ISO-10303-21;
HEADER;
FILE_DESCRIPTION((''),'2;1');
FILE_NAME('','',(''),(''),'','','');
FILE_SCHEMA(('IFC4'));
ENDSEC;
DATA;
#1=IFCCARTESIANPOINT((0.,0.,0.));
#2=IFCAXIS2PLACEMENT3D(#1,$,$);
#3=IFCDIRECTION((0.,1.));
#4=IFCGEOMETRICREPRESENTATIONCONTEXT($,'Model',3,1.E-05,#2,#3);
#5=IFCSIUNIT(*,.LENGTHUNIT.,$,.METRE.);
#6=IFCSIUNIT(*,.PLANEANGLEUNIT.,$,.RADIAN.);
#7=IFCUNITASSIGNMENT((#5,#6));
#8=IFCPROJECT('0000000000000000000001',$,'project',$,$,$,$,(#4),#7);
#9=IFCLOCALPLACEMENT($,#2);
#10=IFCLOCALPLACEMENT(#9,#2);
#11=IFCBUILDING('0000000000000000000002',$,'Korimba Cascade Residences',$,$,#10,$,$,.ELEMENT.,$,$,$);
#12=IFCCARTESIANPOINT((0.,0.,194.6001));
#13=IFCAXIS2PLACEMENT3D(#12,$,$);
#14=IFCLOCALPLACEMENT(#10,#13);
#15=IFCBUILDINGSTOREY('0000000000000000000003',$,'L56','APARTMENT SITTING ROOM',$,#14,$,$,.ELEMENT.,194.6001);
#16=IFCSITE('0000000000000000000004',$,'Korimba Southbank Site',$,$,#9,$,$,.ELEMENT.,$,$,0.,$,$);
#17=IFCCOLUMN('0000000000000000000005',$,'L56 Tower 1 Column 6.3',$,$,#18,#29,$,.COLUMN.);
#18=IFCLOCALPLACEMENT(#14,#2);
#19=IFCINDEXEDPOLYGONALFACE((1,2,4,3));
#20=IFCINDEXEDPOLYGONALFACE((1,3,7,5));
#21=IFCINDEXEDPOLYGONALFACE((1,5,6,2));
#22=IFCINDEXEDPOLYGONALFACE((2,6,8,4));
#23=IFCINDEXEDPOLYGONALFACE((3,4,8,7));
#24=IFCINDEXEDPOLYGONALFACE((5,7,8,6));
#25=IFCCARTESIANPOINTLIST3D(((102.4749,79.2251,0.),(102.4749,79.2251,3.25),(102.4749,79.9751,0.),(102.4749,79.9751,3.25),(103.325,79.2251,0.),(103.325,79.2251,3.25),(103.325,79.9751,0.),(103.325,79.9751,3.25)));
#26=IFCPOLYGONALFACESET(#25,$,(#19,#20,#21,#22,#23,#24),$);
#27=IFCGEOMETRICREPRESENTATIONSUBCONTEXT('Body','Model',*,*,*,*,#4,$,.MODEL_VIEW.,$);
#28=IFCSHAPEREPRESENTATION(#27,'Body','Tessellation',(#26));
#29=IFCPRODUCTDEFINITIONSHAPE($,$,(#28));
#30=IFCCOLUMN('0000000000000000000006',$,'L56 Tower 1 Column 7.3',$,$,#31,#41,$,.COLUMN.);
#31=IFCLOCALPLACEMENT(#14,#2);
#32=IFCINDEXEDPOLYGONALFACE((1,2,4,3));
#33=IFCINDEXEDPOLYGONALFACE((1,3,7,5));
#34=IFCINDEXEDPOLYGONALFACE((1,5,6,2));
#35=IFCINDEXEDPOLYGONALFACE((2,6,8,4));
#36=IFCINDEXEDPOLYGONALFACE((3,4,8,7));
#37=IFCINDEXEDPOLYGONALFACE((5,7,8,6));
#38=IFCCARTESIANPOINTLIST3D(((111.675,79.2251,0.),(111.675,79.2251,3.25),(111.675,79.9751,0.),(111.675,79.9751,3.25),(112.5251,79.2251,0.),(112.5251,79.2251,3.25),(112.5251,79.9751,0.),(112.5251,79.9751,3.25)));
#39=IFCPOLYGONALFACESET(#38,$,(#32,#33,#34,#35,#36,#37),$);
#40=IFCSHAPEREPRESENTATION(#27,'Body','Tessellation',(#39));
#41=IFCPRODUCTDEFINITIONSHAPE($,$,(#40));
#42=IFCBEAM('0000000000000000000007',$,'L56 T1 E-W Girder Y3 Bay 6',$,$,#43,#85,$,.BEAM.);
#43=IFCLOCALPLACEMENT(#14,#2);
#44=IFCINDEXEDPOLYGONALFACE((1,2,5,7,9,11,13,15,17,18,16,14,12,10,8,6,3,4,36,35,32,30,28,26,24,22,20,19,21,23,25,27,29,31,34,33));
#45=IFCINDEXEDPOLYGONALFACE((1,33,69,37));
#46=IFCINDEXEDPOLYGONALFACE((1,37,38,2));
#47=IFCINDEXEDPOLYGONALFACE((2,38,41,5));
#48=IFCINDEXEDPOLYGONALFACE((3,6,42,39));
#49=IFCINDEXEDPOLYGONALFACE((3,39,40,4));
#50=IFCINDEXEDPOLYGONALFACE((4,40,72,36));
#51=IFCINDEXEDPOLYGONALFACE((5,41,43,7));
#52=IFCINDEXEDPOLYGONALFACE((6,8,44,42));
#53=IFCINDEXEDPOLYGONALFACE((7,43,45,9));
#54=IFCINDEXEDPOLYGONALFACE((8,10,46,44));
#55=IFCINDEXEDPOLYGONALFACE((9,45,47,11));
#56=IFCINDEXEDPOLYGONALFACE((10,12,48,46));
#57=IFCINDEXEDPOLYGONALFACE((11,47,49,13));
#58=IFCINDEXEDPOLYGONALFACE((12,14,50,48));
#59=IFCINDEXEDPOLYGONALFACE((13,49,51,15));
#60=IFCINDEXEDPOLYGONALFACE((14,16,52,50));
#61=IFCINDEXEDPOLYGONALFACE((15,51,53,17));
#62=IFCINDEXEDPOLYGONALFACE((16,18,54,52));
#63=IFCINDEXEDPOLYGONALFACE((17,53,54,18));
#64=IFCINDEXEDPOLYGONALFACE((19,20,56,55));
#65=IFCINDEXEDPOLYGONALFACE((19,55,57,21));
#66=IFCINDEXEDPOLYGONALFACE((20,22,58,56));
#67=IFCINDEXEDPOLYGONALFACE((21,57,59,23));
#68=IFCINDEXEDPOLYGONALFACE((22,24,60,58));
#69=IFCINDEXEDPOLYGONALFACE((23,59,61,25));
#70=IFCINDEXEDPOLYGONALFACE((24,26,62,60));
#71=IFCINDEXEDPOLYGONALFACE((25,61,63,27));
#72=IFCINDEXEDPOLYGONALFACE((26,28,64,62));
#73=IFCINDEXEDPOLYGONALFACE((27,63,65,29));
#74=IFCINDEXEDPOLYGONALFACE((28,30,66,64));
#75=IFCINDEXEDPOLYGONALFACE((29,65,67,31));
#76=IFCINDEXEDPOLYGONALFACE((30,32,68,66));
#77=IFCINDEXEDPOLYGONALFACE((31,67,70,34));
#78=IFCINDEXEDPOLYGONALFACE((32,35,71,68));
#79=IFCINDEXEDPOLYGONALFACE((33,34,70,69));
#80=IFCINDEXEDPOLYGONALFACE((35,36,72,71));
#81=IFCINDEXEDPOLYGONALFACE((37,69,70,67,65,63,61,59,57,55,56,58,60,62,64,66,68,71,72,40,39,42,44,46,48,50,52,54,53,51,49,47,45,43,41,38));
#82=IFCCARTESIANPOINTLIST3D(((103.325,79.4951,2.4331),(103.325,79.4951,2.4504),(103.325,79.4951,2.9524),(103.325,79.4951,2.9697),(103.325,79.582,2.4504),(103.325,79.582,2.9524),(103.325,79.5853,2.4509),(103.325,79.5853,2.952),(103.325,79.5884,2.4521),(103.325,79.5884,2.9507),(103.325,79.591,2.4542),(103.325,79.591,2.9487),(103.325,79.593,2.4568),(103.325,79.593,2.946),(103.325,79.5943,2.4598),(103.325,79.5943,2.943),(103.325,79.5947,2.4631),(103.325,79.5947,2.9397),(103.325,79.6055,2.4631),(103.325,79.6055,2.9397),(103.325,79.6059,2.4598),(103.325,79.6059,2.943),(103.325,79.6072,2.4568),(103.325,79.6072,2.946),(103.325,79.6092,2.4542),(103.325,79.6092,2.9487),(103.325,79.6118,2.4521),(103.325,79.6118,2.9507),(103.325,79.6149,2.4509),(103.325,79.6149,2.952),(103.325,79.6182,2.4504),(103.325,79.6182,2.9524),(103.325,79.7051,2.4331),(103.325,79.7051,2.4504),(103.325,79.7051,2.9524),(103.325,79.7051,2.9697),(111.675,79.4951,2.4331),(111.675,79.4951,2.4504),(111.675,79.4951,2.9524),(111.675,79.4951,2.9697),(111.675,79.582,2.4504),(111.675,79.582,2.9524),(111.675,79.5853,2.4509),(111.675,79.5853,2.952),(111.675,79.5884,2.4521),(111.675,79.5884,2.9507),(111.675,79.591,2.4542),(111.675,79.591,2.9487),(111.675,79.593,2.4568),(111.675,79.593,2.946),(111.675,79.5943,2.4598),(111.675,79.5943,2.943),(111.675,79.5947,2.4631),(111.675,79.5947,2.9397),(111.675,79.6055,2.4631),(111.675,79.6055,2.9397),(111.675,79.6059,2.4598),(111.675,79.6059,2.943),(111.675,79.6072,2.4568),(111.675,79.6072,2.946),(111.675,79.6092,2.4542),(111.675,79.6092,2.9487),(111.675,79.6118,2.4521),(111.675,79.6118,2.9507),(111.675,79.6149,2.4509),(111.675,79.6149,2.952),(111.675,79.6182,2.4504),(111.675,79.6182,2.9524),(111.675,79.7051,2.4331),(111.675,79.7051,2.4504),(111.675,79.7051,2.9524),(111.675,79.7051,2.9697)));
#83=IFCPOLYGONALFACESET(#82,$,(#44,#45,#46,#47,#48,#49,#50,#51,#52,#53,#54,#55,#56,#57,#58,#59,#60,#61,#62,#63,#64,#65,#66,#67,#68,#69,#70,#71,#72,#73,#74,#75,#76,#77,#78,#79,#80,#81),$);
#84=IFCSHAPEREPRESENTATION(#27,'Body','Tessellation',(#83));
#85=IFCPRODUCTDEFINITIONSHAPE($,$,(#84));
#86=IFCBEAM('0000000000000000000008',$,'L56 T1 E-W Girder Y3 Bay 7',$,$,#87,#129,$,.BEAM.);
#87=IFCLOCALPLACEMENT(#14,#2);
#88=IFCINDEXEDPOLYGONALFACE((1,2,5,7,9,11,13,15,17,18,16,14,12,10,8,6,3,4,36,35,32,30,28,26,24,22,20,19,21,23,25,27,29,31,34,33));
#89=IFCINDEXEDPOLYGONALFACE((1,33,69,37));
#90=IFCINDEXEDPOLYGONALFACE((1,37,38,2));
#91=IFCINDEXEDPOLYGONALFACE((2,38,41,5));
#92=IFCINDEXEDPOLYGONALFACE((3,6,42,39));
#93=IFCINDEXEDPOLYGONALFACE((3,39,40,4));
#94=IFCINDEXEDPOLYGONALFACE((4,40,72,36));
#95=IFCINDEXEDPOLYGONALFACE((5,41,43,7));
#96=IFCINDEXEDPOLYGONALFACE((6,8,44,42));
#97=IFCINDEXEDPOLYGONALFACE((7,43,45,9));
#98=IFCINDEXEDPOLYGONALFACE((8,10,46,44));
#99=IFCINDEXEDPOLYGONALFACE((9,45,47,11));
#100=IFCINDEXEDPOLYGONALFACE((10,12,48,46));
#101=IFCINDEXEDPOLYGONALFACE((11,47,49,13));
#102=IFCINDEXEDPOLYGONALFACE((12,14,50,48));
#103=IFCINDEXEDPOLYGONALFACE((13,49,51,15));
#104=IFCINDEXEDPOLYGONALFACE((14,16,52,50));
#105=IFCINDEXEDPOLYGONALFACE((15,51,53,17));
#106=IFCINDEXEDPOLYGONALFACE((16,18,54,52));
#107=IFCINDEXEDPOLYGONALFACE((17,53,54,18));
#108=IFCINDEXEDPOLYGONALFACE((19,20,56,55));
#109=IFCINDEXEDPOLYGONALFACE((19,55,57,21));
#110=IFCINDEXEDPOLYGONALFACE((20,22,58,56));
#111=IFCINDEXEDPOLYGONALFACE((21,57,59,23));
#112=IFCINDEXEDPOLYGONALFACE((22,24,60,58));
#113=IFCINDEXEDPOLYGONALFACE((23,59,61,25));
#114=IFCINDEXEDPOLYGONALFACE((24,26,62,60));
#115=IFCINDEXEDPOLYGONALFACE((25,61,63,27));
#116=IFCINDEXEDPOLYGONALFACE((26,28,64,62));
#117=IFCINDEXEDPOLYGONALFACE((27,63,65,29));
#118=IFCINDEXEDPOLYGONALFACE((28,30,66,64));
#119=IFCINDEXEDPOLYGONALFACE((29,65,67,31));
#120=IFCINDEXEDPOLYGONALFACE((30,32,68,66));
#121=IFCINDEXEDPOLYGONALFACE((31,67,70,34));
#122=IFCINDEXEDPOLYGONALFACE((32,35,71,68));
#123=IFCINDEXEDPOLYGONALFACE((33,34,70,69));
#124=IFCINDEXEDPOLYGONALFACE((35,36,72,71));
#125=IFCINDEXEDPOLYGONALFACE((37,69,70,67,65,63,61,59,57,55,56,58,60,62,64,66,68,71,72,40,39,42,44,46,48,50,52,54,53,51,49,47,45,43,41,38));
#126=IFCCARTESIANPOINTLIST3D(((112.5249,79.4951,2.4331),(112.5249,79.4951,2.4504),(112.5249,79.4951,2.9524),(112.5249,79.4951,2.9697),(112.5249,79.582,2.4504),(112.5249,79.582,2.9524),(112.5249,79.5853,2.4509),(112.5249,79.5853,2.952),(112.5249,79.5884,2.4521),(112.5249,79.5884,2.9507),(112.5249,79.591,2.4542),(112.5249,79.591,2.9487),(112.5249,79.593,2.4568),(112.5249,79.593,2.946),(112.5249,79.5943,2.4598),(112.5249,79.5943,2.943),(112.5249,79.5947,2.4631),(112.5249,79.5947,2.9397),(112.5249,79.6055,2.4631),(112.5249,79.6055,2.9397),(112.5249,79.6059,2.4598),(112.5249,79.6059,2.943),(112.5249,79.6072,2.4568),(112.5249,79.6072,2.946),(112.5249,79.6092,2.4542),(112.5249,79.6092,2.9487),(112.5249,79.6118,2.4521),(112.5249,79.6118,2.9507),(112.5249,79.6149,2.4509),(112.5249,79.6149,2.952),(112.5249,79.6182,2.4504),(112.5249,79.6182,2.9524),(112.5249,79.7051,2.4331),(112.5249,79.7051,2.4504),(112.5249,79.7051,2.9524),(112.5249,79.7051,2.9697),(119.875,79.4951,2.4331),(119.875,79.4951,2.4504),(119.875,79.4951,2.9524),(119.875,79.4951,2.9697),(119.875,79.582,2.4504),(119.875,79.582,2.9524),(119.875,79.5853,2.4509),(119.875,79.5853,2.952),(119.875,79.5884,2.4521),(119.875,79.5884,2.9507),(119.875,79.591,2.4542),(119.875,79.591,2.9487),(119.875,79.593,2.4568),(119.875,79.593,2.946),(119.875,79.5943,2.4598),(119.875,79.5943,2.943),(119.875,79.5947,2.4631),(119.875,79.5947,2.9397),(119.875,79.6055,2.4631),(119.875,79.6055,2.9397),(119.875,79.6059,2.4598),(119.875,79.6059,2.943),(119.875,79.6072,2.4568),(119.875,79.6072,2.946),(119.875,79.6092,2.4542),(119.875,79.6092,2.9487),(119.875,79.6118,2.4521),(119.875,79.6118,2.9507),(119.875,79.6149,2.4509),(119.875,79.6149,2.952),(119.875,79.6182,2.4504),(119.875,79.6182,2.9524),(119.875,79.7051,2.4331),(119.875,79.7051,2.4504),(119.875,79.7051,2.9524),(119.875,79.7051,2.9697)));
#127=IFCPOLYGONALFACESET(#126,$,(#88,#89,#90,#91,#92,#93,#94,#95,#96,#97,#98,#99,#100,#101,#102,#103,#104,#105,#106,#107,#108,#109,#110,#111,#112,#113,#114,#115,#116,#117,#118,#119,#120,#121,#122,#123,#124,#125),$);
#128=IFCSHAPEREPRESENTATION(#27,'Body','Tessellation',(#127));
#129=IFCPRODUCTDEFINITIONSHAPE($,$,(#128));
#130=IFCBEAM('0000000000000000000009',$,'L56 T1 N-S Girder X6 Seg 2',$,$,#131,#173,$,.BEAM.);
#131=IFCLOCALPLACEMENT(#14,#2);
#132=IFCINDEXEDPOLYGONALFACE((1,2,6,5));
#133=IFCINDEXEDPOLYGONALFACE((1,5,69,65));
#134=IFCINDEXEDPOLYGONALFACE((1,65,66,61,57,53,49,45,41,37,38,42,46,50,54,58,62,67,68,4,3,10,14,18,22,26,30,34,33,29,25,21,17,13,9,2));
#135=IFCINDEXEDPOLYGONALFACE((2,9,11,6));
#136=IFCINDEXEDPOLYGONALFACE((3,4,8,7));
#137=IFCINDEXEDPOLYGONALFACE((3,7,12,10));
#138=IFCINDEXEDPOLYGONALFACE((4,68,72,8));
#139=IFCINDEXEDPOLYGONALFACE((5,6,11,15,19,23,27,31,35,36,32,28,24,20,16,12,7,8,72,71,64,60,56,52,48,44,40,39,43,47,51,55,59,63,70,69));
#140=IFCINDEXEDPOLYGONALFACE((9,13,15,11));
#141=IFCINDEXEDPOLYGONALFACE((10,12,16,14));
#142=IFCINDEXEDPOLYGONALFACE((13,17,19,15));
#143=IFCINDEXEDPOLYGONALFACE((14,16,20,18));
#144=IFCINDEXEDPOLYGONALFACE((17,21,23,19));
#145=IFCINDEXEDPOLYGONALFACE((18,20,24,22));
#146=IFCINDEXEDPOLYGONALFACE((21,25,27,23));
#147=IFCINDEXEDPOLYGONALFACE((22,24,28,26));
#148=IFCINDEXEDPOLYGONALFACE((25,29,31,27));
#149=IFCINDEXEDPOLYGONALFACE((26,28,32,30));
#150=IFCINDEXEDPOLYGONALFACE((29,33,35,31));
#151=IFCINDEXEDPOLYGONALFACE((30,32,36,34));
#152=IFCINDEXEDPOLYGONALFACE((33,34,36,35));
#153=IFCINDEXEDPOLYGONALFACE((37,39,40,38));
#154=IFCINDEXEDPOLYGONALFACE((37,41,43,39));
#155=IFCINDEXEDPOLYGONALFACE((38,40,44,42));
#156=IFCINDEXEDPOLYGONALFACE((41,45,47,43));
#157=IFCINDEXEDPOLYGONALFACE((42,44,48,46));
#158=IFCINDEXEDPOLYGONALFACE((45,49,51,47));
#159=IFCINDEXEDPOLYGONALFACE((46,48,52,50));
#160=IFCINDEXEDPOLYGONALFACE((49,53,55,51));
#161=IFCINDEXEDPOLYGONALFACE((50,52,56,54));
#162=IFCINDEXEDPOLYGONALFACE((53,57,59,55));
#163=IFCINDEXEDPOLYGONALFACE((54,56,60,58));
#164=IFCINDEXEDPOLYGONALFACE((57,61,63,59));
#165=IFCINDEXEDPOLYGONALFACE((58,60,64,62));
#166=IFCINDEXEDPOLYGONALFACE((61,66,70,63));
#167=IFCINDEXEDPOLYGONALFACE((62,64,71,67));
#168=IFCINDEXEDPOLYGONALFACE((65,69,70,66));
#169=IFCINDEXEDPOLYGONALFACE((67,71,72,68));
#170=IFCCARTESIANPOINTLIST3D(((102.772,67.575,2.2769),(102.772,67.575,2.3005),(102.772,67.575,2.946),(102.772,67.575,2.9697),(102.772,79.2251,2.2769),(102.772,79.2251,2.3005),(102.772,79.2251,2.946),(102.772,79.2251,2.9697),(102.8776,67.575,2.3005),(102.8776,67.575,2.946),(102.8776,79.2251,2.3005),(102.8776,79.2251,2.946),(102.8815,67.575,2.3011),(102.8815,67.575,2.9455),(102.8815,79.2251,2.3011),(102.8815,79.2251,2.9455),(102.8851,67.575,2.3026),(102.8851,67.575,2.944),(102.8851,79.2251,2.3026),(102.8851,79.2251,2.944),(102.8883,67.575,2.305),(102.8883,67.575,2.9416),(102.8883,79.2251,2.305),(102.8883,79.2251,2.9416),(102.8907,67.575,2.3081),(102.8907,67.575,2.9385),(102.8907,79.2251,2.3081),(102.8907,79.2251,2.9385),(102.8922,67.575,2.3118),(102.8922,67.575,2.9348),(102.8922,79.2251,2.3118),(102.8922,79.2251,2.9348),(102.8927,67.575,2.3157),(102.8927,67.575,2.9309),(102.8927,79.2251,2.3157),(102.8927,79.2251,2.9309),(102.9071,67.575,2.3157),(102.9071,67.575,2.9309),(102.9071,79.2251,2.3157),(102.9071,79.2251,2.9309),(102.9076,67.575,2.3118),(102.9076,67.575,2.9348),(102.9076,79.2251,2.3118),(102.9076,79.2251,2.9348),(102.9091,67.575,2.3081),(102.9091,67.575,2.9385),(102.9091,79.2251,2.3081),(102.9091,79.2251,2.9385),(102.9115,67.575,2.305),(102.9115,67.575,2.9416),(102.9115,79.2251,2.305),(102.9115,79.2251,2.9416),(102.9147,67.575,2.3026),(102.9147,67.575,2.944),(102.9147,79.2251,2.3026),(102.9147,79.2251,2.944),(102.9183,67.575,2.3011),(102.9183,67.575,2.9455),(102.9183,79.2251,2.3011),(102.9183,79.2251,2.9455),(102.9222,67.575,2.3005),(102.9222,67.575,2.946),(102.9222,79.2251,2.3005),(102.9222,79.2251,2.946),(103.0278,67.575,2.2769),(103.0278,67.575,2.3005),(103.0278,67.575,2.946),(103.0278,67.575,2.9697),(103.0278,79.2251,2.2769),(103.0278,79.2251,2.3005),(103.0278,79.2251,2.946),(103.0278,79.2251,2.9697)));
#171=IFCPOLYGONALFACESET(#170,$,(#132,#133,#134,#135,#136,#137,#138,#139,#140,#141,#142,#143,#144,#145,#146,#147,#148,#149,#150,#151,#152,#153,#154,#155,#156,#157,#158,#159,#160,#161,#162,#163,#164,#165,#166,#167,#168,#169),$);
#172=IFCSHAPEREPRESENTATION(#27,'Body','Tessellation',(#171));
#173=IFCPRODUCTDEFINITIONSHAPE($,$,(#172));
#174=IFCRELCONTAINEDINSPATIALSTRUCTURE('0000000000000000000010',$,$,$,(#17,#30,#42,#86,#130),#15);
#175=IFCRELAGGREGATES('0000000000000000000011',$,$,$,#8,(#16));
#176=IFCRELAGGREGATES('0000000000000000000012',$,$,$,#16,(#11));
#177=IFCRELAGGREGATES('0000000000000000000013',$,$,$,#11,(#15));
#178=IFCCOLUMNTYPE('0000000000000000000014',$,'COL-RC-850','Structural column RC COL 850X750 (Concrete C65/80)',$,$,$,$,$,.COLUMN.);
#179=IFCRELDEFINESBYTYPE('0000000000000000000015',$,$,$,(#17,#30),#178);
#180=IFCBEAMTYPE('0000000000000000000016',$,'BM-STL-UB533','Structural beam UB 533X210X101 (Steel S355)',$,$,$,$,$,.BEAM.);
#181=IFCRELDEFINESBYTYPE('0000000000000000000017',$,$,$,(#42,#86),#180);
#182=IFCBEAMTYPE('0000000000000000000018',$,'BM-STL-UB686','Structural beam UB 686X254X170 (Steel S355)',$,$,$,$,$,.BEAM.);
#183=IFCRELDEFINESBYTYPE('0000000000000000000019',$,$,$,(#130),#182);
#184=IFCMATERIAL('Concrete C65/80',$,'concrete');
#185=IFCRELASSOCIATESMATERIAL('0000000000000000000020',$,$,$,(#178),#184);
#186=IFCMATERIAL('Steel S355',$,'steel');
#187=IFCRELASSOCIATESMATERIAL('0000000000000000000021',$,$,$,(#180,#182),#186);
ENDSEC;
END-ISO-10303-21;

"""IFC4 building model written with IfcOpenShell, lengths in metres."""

from ifc_helpers import new_model, si_unit, direction, frame, origin, origin_2d, place, context, subcontext, project, spatial, rectangle, i_section, extrude, material, material_profile, profile_set, type_object, element, save


model = new_model("IFC4")

# Units and contexts
model_context = context("Model", 3, precision=1e-05, world=origin(), true_north=direction((0.0, 1.0)))
body_context = subcontext(model_context, "Body", "Model", "MODEL_VIEW")
ifc_project = project(units=[si_unit("LENGTHUNIT", "METRE"), si_unit("PLANEANGLEUNIT", "RADIAN")], contexts=[model_context])

# Site, building, storey
site_placement = place(None, origin())
site = spatial("IfcSite", under=ifc_project, at=site_placement, Name="Korimba Southbank Site", CompositionType="ELEMENT", RefElevation=0.0)
building_placement = place(site_placement, origin())
building = spatial("IfcBuilding", under=site, at=building_placement, Name="Korimba Cascade Residences", CompositionType="ELEMENT")
storey_placement = place(building_placement, frame((0.0, 0.0, 194.6001)))
storey = spatial("IfcBuildingStorey", under=building, at=storey_placement, Name="L56", Description="APARTMENT SITTING ROOM", CompositionType="ELEMENT", Elevation=194.6001)

# Columns
ifc_material_1 = material(Name="Concrete C65/80", Category="concrete")
ifc_material_profile_1 = material_profile(ifc_material_1, rectangle(XDim=0.8501, YDim=0.75, at=origin_2d()), Name="Concrete C65/80")
ifc_profile_set_1 = profile_set([ifc_material_profile_1], Name="Concrete C65/80")
column_type = type_object("IfcColumnType", Name="COL-RC-850", Description="Structural column RC COL 850X750 (Concrete C65/80)", PredefinedType="COLUMN", material=ifc_profile_set_1)
for number, where, z_axis, x_axis, name in (
    (1, (102.8999, 79.6001, 0.0), (0.0, 0.0, 1.0), (1.0, 0.0, 0.0), "L56 Tower 1 Column 6.3"),
    (2, (112.1001, 79.6001, 0.0), (0.0, 0.0, 1.0), (1.0, 0.0, 0.0), "L56 Tower 1 Column 7.3"),
):
    element("IfcColumn", number, at=place(storey_placement, frame(where, z_axis=z_axis, x_axis=x_axis)), inside=storey, type_object=column_type, Name=name, PredefinedType="COLUMN", context=body_context, shape_type="SweptSolid", body=[
        extrude(rectangle(XDim=0.8501, YDim=0.75, at=origin_2d()), origin(), (0.0, 0.0, 1.0), 3.25),
    ])

# Beams
ifc_material_2 = material(Name="Steel S355", Category="steel")
ifc_material_profile_2 = material_profile(ifc_material_2, i_section(OverallWidth=0.21, OverallDepth=0.5366, WebThickness=0.0107, FlangeThickness=0.0173, FilletRadius=0.0127, at=origin_2d()), Name="Steel S355")
ifc_profile_set_2 = profile_set([ifc_material_profile_2], Name="Steel S355")
beam_type_1 = type_object("IfcBeamType", Name="BM-STL-UB533", Description="Structural beam UB 533X210X101 (Steel S355)", PredefinedType="BEAM", material=ifc_profile_set_2)
beam_1_placement = place(storey_placement, frame((103.325, 79.6001, 2.7014), z_axis=(1.0, 0.0, 0.0), x_axis=(0.0, 1.0, 0.0)))
element("IfcBeam", 3, at=beam_1_placement, inside=storey, type_object=beam_type_1, Name="L56 T1 E-W Girder Y3 Bay 6", PredefinedType="BEAM", context=body_context, shape_type="SweptSolid", body=[
    extrude(i_section(OverallWidth=0.21, OverallDepth=0.5366, WebThickness=0.0107, FlangeThickness=0.0173, FilletRadius=0.0127, at=origin_2d()), origin(), (0.0, 0.0, 1.0), 8.3501),
])
beam_2_placement = place(storey_placement, frame((112.5249, 79.6001, 2.7014), z_axis=(1.0, 0.0, 0.0), x_axis=(0.0, 1.0, 0.0)))
element("IfcBeam", 4, at=beam_2_placement, inside=storey, type_object=beam_type_1, Name="L56 T1 E-W Girder Y3 Bay 7", PredefinedType="BEAM", context=body_context, shape_type="SweptSolid", body=[
    extrude(i_section(OverallWidth=0.21, OverallDepth=0.5366, WebThickness=0.0107, FlangeThickness=0.0173, FilletRadius=0.0127, at=origin_2d()), origin(), (0.0, 0.0, 1.0), 7.3501),
])
ifc_material_profile_3 = material_profile(ifc_material_2, i_section(OverallWidth=0.2559, OverallDepth=0.6929, WebThickness=0.0144, FlangeThickness=0.0237, FilletRadius=0.0151, at=origin_2d()), Name="Steel S355")
ifc_profile_set_3 = profile_set([ifc_material_profile_3], Name="Steel S355")
beam_type_2 = type_object("IfcBeamType", Name="BM-STL-UB686", Description="Structural beam UB 686X254X170 (Steel S355)", PredefinedType="BEAM", material=ifc_profile_set_3)
beam_3_placement = place(storey_placement, frame((102.8999, 67.575, 2.6233), z_axis=(0.0, 1.0, 0.0), x_axis=(-1.0, 0.0, 0.0)))
element("IfcBeam", 5, at=beam_3_placement, inside=storey, type_object=beam_type_2, Name="L56 T1 N-S Girder X6 Seg 2", PredefinedType="BEAM", context=body_context, shape_type="SweptSolid", body=[
    extrude(i_section(OverallWidth=0.2559, OverallDepth=0.6929, WebThickness=0.0144, FlangeThickness=0.0237, FilletRadius=0.0151, at=origin_2d()), origin(), (0.0, 0.0, 1.0), 11.6501),
])

save(model, "model.ifc")
